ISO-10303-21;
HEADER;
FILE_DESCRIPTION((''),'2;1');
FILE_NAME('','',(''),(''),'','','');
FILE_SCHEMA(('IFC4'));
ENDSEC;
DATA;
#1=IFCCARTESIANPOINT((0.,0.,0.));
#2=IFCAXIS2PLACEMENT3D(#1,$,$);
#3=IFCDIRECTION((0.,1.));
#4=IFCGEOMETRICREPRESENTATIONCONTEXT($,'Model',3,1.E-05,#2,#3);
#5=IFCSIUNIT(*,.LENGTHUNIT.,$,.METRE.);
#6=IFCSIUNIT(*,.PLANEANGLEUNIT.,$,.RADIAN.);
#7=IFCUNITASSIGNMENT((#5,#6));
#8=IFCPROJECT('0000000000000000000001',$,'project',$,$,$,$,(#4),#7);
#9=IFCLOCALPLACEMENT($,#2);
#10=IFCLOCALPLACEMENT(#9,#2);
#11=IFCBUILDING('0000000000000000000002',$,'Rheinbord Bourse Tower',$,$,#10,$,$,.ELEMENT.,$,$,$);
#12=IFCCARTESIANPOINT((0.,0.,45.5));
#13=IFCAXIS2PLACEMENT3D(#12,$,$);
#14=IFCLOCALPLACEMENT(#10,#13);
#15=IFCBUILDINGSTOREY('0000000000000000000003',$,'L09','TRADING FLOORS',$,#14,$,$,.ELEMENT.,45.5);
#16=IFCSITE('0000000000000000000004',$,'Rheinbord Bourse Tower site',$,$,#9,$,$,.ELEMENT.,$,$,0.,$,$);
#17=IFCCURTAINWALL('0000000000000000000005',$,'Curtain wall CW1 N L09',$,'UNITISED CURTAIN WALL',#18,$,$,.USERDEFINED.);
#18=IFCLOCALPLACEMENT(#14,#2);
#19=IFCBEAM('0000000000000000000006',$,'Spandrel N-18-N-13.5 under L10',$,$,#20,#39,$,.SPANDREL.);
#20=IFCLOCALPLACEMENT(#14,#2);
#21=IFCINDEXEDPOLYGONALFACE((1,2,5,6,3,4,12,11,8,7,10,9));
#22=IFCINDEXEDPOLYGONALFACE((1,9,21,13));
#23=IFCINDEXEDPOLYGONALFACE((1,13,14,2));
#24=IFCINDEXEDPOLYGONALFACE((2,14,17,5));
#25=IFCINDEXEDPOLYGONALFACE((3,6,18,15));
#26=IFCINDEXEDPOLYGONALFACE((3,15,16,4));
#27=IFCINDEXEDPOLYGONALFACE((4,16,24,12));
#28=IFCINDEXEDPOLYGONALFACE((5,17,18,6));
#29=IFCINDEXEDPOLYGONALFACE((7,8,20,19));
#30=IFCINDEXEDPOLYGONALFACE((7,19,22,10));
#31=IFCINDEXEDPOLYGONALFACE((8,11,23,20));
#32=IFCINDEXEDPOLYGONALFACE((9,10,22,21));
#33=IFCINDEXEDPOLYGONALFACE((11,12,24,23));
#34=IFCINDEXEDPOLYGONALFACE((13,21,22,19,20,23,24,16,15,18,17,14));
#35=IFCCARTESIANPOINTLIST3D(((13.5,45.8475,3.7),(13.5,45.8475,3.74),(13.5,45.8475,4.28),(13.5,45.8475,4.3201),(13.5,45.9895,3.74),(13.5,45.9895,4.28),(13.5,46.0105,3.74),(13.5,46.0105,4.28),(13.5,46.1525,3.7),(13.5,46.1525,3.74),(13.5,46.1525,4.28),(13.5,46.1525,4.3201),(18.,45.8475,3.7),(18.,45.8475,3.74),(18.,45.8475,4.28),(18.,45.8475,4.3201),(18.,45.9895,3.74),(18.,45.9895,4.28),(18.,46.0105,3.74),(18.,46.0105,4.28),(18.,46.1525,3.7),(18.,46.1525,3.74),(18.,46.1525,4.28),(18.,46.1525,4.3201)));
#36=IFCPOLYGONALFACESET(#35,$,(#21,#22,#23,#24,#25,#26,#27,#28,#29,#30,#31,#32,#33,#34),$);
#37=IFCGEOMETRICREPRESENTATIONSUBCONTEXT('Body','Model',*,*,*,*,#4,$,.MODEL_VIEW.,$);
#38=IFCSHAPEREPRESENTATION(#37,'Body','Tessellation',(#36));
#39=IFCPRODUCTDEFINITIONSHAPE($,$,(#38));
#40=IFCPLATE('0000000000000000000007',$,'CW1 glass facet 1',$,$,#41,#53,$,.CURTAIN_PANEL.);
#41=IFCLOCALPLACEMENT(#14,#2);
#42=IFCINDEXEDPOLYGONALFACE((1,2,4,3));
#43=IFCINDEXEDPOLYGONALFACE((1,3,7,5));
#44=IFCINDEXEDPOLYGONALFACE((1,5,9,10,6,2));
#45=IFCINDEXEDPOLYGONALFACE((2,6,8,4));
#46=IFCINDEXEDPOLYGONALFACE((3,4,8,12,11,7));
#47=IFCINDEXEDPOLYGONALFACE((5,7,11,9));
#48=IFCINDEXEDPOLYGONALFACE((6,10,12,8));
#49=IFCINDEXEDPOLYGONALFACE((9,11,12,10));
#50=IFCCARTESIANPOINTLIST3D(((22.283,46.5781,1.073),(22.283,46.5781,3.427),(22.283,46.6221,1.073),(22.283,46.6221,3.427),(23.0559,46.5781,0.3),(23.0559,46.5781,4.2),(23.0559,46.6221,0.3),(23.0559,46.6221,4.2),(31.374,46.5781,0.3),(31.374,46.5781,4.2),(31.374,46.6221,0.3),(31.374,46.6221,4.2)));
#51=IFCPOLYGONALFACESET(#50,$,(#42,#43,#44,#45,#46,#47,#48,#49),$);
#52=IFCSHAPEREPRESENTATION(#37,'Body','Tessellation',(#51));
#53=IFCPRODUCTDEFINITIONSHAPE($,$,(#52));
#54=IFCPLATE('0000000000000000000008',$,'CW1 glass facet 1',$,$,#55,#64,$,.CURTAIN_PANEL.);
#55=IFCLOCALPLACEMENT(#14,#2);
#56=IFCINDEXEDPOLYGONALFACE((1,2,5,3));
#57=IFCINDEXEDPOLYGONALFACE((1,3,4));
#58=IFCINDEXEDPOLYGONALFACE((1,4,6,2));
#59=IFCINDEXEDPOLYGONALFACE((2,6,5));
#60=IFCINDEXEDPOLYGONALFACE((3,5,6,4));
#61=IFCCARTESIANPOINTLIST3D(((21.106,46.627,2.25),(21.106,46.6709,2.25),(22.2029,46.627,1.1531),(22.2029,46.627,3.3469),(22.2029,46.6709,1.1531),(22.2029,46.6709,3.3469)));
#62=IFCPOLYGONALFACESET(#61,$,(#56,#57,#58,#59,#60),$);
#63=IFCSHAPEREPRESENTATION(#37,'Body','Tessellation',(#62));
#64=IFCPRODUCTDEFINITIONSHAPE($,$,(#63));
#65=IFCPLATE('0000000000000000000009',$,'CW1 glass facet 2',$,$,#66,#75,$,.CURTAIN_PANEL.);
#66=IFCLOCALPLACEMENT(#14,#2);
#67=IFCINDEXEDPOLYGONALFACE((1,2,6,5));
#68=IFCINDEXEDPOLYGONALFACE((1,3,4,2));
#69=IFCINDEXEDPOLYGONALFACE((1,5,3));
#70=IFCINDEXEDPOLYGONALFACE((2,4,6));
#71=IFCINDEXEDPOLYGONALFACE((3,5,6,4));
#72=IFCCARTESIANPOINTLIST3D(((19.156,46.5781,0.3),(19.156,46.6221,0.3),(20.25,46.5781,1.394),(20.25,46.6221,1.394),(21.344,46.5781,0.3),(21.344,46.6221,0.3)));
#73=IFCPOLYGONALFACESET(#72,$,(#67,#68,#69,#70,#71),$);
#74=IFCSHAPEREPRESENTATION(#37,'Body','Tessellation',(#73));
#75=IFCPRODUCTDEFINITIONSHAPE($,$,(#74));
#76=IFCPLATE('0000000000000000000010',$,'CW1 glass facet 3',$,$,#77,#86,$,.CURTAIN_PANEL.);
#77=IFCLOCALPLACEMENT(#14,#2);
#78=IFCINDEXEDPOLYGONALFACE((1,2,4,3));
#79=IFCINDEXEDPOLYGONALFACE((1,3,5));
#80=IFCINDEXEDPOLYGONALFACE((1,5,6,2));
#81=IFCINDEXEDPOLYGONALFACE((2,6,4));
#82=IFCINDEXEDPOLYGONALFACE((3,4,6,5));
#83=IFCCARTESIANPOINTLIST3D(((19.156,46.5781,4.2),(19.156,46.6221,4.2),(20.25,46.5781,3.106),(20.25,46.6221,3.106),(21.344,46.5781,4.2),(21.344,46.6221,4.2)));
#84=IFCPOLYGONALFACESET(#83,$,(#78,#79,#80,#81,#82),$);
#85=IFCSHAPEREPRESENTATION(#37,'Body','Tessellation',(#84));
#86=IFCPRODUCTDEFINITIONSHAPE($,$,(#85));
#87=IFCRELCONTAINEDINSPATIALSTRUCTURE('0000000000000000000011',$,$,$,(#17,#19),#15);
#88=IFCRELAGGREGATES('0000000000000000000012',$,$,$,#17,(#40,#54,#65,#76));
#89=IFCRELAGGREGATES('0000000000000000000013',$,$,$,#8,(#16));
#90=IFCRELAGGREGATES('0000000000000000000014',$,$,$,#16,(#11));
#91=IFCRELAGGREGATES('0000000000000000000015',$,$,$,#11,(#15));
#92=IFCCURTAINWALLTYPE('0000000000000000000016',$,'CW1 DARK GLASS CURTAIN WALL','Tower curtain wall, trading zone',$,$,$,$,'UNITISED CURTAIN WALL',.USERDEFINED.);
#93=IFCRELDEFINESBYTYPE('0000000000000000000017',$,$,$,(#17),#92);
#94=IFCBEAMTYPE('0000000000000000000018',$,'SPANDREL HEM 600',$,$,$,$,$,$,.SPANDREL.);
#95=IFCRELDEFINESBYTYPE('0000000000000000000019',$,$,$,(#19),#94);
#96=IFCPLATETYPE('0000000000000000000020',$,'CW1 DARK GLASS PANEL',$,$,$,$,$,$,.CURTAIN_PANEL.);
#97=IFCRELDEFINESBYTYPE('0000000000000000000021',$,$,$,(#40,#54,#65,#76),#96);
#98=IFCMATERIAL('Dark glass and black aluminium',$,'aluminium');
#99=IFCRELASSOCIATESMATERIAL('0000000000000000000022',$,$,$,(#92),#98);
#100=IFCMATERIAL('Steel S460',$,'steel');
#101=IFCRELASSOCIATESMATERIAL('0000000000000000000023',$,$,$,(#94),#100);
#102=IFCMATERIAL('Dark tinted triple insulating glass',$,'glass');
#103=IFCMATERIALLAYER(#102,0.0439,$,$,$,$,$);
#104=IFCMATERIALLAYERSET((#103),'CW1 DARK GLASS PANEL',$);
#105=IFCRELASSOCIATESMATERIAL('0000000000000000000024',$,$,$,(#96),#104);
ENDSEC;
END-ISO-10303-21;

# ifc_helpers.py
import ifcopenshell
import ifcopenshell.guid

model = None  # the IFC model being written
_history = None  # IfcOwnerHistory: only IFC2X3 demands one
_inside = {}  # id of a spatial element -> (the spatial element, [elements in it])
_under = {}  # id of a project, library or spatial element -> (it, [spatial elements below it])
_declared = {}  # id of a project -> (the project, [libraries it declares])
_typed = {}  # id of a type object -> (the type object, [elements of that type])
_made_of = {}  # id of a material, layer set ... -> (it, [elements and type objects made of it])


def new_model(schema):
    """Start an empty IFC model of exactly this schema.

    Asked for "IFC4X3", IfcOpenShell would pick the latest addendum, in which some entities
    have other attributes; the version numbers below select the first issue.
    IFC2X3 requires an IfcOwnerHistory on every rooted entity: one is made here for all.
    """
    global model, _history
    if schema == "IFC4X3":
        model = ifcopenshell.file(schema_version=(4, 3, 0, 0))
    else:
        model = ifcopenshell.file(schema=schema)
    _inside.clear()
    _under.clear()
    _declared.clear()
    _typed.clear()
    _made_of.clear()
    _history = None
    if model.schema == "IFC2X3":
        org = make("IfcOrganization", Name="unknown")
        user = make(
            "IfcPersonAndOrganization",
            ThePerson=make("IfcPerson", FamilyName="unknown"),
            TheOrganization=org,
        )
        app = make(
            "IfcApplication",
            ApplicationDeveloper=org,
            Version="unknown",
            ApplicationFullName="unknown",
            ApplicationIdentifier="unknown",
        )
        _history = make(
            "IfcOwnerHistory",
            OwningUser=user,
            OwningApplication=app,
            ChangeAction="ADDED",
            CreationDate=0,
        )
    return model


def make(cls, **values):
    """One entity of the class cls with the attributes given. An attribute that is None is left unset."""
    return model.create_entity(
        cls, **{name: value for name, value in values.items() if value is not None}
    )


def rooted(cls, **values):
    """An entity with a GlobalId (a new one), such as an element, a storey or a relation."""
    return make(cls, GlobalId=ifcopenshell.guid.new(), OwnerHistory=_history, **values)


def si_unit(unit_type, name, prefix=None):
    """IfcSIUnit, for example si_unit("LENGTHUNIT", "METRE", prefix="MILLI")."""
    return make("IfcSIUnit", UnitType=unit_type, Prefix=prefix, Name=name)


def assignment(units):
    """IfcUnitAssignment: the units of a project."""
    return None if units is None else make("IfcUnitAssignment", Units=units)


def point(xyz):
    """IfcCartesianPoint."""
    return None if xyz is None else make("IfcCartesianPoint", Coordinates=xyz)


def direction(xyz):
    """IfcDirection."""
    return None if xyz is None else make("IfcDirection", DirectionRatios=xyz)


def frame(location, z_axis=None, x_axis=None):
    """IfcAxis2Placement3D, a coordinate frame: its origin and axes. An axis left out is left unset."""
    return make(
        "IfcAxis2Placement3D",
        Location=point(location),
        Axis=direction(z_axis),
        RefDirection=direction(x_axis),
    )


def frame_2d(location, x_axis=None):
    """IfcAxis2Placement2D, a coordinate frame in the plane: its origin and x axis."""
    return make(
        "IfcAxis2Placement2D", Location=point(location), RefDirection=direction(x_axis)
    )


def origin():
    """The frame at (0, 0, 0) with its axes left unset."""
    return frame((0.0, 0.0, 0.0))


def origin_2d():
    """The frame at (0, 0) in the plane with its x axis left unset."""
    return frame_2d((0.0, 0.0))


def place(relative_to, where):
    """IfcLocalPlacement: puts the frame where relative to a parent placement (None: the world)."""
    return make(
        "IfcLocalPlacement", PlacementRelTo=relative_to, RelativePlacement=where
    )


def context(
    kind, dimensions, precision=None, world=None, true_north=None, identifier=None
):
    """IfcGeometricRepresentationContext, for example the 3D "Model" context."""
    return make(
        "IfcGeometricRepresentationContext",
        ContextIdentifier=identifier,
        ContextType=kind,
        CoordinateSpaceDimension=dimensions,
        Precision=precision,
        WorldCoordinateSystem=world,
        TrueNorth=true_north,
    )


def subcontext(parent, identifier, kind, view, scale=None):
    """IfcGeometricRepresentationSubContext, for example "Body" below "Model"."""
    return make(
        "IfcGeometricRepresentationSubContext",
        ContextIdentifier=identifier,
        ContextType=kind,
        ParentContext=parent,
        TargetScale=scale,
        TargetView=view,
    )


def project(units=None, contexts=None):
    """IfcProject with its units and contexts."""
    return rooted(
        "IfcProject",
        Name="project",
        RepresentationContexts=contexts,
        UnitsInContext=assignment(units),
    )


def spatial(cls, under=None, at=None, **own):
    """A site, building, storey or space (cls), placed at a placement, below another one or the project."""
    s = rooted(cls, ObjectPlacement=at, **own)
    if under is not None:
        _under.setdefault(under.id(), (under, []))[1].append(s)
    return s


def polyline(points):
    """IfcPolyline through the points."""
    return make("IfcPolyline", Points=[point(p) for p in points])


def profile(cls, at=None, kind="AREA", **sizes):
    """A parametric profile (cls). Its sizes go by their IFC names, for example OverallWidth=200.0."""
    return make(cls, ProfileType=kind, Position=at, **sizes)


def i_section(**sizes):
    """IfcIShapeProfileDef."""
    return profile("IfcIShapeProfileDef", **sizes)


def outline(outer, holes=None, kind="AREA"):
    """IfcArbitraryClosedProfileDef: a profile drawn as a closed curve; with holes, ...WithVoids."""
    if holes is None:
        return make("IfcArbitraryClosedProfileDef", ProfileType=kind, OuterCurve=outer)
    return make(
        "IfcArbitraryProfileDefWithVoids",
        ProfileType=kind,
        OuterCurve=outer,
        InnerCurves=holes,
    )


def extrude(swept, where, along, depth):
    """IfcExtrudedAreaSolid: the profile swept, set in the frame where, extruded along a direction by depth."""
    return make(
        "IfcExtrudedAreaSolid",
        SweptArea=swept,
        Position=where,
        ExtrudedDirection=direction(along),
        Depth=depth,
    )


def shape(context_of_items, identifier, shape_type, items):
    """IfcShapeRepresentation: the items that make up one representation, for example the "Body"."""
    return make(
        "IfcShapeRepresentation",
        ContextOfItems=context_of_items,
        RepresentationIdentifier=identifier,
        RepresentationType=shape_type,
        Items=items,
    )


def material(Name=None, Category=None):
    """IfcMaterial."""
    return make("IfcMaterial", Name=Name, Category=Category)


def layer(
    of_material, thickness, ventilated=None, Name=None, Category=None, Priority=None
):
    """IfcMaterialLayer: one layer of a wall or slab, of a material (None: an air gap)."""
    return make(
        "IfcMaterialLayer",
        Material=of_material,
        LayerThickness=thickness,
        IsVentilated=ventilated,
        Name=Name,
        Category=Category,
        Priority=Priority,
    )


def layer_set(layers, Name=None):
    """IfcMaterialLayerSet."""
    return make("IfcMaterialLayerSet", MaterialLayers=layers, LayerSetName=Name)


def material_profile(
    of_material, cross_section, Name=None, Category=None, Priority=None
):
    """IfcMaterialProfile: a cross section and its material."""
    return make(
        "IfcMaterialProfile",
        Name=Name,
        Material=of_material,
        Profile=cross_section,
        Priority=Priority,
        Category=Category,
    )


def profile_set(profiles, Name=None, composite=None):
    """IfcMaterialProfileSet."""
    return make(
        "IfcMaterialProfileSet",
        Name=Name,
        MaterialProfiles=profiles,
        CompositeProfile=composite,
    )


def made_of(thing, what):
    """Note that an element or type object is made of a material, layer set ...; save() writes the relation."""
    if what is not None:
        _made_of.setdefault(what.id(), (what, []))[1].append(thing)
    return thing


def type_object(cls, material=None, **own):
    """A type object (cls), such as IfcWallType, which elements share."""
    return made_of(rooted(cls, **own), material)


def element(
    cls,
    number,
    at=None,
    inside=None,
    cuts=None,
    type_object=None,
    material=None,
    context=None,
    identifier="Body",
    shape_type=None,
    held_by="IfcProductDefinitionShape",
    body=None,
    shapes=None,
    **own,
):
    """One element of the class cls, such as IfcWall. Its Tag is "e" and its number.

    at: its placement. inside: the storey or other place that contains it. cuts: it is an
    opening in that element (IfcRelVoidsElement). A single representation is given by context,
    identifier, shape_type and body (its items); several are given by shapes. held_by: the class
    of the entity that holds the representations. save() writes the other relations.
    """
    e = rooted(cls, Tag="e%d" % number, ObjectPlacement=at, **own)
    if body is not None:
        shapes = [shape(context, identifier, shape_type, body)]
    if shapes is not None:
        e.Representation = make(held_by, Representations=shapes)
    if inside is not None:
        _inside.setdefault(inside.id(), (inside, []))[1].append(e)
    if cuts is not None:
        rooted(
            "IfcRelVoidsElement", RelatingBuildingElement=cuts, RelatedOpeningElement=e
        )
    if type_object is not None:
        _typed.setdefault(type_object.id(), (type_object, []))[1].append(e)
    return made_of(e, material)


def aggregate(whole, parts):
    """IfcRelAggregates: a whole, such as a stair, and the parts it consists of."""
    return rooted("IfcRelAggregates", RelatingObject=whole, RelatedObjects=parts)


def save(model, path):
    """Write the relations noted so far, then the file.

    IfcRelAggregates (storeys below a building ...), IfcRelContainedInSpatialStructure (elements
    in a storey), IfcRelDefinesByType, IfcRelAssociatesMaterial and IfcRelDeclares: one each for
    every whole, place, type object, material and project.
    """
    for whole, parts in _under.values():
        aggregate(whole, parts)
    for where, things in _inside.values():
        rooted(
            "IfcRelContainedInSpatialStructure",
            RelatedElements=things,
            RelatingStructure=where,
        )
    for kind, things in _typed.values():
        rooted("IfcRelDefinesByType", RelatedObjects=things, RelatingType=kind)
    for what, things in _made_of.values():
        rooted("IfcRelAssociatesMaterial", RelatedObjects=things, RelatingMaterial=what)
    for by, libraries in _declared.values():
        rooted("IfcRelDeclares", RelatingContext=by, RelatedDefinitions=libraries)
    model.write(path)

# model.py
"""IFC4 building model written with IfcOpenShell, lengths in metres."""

from ifc_helpers import new_model, si_unit, direction, frame, origin, origin_2d, place, context, subcontext, project, spatial, polyline, i_section, outline, extrude, material, layer, layer_set, material_profile, profile_set, type_object, element, aggregate, save


model = new_model("IFC4")

# Units and contexts
model_context = context("Model", 3, precision=1e-05, world=origin(), true_north=direction((0.0, 1.0)))
body_context = subcontext(model_context, "Body", "Model", "MODEL_VIEW")
ifc_project = project(units=[si_unit("LENGTHUNIT", "METRE"), si_unit("PLANEANGLEUNIT", "RADIAN")], contexts=[model_context])

# Site, building, storey
site_placement = place(None, origin())
site = spatial("IfcSite", under=ifc_project, at=site_placement, Name="Rheinbord Bourse Tower site", CompositionType="ELEMENT", RefElevation=0.0)
building_placement = place(site_placement, origin())
building = spatial("IfcBuilding", under=site, at=building_placement, Name="Rheinbord Bourse Tower", CompositionType="ELEMENT")
storey_placement = place(building_placement, frame((0.0, 0.0, 45.5)))
storey = spatial("IfcBuildingStorey", under=building, at=storey_placement, Name="L09", Description="TRADING FLOORS", CompositionType="ELEMENT", Elevation=45.5)

# Curtain wall
ifc_material_1 = material(Name="Dark glass and black aluminium", Category="aluminium")
curtain_wall_type = type_object("IfcCurtainWallType", Name="CW1 DARK GLASS CURTAIN WALL", Description="Tower curtain wall, trading zone", ElementType="UNITISED CURTAIN WALL", PredefinedType="USERDEFINED", material=ifc_material_1)
curtain_wall_placement = place(storey_placement, origin())
curtain_wall = element("IfcCurtainWall", 1, at=curtain_wall_placement, inside=storey, type_object=curtain_wall_type, Name="Curtain wall CW1 N L09", ObjectType="UNITISED CURTAIN WALL", PredefinedType="USERDEFINED")

# Beam
ifc_material_2 = material(Name="Steel S460", Category="steel")
ifc_material_profile_1 = material_profile(ifc_material_2, i_section(OverallWidth=0.3049, OverallDepth=0.6201, WebThickness=0.021, FlangeThickness=0.04, at=origin_2d()), Name="HEM 600")
ifc_profile_set_1 = profile_set([ifc_material_profile_1], Name="Steel S460")
beam_type_1 = type_object("IfcBeamType", Name="SPANDREL HEM 600", PredefinedType="SPANDREL", material=ifc_profile_set_1)
for number, where, z_axis, x_axis, name in (
    (2, (18.0, 46.0, 4.01), (-1.0, 0.0, 0.0), (0.0, -1.0, 0.0), "Spandrel N-18-N-13.5 under L10"),
):
    element("IfcBeam", number, at=place(storey_placement, frame(where, z_axis=z_axis, x_axis=x_axis)), inside=storey, type_object=beam_type_1, Name=name, PredefinedType="SPANDREL", context=body_context, shape_type="SweptSolid", body=[
        extrude(i_section(OverallWidth=0.3049, OverallDepth=0.6201, WebThickness=0.021, FlangeThickness=0.04, at=origin_2d()), origin(), (0.0, 0.0, 1.0), 4.5),
    ])

# Plates
ifc_material_3 = material(Name="Dark tinted triple insulating glass", Category="glass")
ifc_layer = layer(ifc_material_3, 0.0439)
ifc_layer_set = layer_set([ifc_layer], Name="CW1 DARK GLASS PANEL")
plate_type = type_object("IfcPlateType", Name="CW1 DARK GLASS PANEL", PredefinedType="CURTAIN_PANEL", material=ifc_layer_set)
plate_1_placement = place(storey_placement, frame((31.374, 46.6221, 0.3), z_axis=(0.0, -1.0, 0.0), x_axis=(0.0, 0.0, 1.0)))
plate_1 = element("IfcPlate", 3, at=plate_1_placement, type_object=plate_type, Name="CW1 glass facet 1", PredefinedType="CURTAIN_PANEL", context=body_context, shape_type="SweptSolid", body=[
    extrude(outline(polyline([(0.0, 0.0), (3.8999, 0.0), (3.8999, 8.3181), (3.127, 9.0911), (0.7729, 9.0911), (0.0, 8.3181), (0.0, 0.0)])), origin(), (0.0, 0.0, 1.0), 0.0439),
])
plate_2_placement = place(storey_placement, frame((22.2029, 46.6709, 3.3469), z_axis=(0.0, -1.0, 0.0), x_axis=(-0.707107, 0.0, -0.707107)))
plate_2 = element("IfcPlate", 4, at=plate_2_placement, type_object=plate_type, Name="CW1 glass facet 1", PredefinedType="CURTAIN_PANEL", context=body_context, shape_type="SweptSolid", body=[
    extrude(outline(polyline([(0.0, 0.0), (1.5513, 0.0), (1.5513, 1.5513), (0.0, 0.0)])), origin(), (0.0, 0.0, 1.0), 0.0439),
])
plate_3_placement = place(storey_placement, frame((21.344, 46.6221, 0.3), z_axis=(0.0, -1.0, 0.0), x_axis=(-0.707107, 0.0, 0.707107)))
plate_3 = element("IfcPlate", 5, at=plate_3_placement, type_object=plate_type, Name="CW1 glass facet 2", PredefinedType="CURTAIN_PANEL", context=body_context, shape_type="SweptSolid", body=[
    extrude(outline(polyline([(0.0, 0.0), (1.5471, 0.0), (1.5471, 1.5471), (0.0, 0.0)])), origin(), (0.0, 0.0, 1.0), 0.0439),
])
plate_4_placement = place(storey_placement, frame((19.156, 46.6221, 4.2), z_axis=(0.0, -1.0, 0.0), x_axis=(0.707107, 0.0, -0.707107)))
plate_4 = element("IfcPlate", 6, at=plate_4_placement, type_object=plate_type, Name="CW1 glass facet 3", PredefinedType="CURTAIN_PANEL", context=body_context, shape_type="SweptSolid", body=[
    extrude(outline(polyline([(0.0, 0.0), (1.5471, 0.0), (1.5471, 1.5471), (0.0, 0.0)])), origin(), (0.0, 0.0, 1.0), 0.0439),
])
aggregate(curtain_wall, [plate_1, plate_2, plate_3, plate_4])

save(model, "model.ifc")
